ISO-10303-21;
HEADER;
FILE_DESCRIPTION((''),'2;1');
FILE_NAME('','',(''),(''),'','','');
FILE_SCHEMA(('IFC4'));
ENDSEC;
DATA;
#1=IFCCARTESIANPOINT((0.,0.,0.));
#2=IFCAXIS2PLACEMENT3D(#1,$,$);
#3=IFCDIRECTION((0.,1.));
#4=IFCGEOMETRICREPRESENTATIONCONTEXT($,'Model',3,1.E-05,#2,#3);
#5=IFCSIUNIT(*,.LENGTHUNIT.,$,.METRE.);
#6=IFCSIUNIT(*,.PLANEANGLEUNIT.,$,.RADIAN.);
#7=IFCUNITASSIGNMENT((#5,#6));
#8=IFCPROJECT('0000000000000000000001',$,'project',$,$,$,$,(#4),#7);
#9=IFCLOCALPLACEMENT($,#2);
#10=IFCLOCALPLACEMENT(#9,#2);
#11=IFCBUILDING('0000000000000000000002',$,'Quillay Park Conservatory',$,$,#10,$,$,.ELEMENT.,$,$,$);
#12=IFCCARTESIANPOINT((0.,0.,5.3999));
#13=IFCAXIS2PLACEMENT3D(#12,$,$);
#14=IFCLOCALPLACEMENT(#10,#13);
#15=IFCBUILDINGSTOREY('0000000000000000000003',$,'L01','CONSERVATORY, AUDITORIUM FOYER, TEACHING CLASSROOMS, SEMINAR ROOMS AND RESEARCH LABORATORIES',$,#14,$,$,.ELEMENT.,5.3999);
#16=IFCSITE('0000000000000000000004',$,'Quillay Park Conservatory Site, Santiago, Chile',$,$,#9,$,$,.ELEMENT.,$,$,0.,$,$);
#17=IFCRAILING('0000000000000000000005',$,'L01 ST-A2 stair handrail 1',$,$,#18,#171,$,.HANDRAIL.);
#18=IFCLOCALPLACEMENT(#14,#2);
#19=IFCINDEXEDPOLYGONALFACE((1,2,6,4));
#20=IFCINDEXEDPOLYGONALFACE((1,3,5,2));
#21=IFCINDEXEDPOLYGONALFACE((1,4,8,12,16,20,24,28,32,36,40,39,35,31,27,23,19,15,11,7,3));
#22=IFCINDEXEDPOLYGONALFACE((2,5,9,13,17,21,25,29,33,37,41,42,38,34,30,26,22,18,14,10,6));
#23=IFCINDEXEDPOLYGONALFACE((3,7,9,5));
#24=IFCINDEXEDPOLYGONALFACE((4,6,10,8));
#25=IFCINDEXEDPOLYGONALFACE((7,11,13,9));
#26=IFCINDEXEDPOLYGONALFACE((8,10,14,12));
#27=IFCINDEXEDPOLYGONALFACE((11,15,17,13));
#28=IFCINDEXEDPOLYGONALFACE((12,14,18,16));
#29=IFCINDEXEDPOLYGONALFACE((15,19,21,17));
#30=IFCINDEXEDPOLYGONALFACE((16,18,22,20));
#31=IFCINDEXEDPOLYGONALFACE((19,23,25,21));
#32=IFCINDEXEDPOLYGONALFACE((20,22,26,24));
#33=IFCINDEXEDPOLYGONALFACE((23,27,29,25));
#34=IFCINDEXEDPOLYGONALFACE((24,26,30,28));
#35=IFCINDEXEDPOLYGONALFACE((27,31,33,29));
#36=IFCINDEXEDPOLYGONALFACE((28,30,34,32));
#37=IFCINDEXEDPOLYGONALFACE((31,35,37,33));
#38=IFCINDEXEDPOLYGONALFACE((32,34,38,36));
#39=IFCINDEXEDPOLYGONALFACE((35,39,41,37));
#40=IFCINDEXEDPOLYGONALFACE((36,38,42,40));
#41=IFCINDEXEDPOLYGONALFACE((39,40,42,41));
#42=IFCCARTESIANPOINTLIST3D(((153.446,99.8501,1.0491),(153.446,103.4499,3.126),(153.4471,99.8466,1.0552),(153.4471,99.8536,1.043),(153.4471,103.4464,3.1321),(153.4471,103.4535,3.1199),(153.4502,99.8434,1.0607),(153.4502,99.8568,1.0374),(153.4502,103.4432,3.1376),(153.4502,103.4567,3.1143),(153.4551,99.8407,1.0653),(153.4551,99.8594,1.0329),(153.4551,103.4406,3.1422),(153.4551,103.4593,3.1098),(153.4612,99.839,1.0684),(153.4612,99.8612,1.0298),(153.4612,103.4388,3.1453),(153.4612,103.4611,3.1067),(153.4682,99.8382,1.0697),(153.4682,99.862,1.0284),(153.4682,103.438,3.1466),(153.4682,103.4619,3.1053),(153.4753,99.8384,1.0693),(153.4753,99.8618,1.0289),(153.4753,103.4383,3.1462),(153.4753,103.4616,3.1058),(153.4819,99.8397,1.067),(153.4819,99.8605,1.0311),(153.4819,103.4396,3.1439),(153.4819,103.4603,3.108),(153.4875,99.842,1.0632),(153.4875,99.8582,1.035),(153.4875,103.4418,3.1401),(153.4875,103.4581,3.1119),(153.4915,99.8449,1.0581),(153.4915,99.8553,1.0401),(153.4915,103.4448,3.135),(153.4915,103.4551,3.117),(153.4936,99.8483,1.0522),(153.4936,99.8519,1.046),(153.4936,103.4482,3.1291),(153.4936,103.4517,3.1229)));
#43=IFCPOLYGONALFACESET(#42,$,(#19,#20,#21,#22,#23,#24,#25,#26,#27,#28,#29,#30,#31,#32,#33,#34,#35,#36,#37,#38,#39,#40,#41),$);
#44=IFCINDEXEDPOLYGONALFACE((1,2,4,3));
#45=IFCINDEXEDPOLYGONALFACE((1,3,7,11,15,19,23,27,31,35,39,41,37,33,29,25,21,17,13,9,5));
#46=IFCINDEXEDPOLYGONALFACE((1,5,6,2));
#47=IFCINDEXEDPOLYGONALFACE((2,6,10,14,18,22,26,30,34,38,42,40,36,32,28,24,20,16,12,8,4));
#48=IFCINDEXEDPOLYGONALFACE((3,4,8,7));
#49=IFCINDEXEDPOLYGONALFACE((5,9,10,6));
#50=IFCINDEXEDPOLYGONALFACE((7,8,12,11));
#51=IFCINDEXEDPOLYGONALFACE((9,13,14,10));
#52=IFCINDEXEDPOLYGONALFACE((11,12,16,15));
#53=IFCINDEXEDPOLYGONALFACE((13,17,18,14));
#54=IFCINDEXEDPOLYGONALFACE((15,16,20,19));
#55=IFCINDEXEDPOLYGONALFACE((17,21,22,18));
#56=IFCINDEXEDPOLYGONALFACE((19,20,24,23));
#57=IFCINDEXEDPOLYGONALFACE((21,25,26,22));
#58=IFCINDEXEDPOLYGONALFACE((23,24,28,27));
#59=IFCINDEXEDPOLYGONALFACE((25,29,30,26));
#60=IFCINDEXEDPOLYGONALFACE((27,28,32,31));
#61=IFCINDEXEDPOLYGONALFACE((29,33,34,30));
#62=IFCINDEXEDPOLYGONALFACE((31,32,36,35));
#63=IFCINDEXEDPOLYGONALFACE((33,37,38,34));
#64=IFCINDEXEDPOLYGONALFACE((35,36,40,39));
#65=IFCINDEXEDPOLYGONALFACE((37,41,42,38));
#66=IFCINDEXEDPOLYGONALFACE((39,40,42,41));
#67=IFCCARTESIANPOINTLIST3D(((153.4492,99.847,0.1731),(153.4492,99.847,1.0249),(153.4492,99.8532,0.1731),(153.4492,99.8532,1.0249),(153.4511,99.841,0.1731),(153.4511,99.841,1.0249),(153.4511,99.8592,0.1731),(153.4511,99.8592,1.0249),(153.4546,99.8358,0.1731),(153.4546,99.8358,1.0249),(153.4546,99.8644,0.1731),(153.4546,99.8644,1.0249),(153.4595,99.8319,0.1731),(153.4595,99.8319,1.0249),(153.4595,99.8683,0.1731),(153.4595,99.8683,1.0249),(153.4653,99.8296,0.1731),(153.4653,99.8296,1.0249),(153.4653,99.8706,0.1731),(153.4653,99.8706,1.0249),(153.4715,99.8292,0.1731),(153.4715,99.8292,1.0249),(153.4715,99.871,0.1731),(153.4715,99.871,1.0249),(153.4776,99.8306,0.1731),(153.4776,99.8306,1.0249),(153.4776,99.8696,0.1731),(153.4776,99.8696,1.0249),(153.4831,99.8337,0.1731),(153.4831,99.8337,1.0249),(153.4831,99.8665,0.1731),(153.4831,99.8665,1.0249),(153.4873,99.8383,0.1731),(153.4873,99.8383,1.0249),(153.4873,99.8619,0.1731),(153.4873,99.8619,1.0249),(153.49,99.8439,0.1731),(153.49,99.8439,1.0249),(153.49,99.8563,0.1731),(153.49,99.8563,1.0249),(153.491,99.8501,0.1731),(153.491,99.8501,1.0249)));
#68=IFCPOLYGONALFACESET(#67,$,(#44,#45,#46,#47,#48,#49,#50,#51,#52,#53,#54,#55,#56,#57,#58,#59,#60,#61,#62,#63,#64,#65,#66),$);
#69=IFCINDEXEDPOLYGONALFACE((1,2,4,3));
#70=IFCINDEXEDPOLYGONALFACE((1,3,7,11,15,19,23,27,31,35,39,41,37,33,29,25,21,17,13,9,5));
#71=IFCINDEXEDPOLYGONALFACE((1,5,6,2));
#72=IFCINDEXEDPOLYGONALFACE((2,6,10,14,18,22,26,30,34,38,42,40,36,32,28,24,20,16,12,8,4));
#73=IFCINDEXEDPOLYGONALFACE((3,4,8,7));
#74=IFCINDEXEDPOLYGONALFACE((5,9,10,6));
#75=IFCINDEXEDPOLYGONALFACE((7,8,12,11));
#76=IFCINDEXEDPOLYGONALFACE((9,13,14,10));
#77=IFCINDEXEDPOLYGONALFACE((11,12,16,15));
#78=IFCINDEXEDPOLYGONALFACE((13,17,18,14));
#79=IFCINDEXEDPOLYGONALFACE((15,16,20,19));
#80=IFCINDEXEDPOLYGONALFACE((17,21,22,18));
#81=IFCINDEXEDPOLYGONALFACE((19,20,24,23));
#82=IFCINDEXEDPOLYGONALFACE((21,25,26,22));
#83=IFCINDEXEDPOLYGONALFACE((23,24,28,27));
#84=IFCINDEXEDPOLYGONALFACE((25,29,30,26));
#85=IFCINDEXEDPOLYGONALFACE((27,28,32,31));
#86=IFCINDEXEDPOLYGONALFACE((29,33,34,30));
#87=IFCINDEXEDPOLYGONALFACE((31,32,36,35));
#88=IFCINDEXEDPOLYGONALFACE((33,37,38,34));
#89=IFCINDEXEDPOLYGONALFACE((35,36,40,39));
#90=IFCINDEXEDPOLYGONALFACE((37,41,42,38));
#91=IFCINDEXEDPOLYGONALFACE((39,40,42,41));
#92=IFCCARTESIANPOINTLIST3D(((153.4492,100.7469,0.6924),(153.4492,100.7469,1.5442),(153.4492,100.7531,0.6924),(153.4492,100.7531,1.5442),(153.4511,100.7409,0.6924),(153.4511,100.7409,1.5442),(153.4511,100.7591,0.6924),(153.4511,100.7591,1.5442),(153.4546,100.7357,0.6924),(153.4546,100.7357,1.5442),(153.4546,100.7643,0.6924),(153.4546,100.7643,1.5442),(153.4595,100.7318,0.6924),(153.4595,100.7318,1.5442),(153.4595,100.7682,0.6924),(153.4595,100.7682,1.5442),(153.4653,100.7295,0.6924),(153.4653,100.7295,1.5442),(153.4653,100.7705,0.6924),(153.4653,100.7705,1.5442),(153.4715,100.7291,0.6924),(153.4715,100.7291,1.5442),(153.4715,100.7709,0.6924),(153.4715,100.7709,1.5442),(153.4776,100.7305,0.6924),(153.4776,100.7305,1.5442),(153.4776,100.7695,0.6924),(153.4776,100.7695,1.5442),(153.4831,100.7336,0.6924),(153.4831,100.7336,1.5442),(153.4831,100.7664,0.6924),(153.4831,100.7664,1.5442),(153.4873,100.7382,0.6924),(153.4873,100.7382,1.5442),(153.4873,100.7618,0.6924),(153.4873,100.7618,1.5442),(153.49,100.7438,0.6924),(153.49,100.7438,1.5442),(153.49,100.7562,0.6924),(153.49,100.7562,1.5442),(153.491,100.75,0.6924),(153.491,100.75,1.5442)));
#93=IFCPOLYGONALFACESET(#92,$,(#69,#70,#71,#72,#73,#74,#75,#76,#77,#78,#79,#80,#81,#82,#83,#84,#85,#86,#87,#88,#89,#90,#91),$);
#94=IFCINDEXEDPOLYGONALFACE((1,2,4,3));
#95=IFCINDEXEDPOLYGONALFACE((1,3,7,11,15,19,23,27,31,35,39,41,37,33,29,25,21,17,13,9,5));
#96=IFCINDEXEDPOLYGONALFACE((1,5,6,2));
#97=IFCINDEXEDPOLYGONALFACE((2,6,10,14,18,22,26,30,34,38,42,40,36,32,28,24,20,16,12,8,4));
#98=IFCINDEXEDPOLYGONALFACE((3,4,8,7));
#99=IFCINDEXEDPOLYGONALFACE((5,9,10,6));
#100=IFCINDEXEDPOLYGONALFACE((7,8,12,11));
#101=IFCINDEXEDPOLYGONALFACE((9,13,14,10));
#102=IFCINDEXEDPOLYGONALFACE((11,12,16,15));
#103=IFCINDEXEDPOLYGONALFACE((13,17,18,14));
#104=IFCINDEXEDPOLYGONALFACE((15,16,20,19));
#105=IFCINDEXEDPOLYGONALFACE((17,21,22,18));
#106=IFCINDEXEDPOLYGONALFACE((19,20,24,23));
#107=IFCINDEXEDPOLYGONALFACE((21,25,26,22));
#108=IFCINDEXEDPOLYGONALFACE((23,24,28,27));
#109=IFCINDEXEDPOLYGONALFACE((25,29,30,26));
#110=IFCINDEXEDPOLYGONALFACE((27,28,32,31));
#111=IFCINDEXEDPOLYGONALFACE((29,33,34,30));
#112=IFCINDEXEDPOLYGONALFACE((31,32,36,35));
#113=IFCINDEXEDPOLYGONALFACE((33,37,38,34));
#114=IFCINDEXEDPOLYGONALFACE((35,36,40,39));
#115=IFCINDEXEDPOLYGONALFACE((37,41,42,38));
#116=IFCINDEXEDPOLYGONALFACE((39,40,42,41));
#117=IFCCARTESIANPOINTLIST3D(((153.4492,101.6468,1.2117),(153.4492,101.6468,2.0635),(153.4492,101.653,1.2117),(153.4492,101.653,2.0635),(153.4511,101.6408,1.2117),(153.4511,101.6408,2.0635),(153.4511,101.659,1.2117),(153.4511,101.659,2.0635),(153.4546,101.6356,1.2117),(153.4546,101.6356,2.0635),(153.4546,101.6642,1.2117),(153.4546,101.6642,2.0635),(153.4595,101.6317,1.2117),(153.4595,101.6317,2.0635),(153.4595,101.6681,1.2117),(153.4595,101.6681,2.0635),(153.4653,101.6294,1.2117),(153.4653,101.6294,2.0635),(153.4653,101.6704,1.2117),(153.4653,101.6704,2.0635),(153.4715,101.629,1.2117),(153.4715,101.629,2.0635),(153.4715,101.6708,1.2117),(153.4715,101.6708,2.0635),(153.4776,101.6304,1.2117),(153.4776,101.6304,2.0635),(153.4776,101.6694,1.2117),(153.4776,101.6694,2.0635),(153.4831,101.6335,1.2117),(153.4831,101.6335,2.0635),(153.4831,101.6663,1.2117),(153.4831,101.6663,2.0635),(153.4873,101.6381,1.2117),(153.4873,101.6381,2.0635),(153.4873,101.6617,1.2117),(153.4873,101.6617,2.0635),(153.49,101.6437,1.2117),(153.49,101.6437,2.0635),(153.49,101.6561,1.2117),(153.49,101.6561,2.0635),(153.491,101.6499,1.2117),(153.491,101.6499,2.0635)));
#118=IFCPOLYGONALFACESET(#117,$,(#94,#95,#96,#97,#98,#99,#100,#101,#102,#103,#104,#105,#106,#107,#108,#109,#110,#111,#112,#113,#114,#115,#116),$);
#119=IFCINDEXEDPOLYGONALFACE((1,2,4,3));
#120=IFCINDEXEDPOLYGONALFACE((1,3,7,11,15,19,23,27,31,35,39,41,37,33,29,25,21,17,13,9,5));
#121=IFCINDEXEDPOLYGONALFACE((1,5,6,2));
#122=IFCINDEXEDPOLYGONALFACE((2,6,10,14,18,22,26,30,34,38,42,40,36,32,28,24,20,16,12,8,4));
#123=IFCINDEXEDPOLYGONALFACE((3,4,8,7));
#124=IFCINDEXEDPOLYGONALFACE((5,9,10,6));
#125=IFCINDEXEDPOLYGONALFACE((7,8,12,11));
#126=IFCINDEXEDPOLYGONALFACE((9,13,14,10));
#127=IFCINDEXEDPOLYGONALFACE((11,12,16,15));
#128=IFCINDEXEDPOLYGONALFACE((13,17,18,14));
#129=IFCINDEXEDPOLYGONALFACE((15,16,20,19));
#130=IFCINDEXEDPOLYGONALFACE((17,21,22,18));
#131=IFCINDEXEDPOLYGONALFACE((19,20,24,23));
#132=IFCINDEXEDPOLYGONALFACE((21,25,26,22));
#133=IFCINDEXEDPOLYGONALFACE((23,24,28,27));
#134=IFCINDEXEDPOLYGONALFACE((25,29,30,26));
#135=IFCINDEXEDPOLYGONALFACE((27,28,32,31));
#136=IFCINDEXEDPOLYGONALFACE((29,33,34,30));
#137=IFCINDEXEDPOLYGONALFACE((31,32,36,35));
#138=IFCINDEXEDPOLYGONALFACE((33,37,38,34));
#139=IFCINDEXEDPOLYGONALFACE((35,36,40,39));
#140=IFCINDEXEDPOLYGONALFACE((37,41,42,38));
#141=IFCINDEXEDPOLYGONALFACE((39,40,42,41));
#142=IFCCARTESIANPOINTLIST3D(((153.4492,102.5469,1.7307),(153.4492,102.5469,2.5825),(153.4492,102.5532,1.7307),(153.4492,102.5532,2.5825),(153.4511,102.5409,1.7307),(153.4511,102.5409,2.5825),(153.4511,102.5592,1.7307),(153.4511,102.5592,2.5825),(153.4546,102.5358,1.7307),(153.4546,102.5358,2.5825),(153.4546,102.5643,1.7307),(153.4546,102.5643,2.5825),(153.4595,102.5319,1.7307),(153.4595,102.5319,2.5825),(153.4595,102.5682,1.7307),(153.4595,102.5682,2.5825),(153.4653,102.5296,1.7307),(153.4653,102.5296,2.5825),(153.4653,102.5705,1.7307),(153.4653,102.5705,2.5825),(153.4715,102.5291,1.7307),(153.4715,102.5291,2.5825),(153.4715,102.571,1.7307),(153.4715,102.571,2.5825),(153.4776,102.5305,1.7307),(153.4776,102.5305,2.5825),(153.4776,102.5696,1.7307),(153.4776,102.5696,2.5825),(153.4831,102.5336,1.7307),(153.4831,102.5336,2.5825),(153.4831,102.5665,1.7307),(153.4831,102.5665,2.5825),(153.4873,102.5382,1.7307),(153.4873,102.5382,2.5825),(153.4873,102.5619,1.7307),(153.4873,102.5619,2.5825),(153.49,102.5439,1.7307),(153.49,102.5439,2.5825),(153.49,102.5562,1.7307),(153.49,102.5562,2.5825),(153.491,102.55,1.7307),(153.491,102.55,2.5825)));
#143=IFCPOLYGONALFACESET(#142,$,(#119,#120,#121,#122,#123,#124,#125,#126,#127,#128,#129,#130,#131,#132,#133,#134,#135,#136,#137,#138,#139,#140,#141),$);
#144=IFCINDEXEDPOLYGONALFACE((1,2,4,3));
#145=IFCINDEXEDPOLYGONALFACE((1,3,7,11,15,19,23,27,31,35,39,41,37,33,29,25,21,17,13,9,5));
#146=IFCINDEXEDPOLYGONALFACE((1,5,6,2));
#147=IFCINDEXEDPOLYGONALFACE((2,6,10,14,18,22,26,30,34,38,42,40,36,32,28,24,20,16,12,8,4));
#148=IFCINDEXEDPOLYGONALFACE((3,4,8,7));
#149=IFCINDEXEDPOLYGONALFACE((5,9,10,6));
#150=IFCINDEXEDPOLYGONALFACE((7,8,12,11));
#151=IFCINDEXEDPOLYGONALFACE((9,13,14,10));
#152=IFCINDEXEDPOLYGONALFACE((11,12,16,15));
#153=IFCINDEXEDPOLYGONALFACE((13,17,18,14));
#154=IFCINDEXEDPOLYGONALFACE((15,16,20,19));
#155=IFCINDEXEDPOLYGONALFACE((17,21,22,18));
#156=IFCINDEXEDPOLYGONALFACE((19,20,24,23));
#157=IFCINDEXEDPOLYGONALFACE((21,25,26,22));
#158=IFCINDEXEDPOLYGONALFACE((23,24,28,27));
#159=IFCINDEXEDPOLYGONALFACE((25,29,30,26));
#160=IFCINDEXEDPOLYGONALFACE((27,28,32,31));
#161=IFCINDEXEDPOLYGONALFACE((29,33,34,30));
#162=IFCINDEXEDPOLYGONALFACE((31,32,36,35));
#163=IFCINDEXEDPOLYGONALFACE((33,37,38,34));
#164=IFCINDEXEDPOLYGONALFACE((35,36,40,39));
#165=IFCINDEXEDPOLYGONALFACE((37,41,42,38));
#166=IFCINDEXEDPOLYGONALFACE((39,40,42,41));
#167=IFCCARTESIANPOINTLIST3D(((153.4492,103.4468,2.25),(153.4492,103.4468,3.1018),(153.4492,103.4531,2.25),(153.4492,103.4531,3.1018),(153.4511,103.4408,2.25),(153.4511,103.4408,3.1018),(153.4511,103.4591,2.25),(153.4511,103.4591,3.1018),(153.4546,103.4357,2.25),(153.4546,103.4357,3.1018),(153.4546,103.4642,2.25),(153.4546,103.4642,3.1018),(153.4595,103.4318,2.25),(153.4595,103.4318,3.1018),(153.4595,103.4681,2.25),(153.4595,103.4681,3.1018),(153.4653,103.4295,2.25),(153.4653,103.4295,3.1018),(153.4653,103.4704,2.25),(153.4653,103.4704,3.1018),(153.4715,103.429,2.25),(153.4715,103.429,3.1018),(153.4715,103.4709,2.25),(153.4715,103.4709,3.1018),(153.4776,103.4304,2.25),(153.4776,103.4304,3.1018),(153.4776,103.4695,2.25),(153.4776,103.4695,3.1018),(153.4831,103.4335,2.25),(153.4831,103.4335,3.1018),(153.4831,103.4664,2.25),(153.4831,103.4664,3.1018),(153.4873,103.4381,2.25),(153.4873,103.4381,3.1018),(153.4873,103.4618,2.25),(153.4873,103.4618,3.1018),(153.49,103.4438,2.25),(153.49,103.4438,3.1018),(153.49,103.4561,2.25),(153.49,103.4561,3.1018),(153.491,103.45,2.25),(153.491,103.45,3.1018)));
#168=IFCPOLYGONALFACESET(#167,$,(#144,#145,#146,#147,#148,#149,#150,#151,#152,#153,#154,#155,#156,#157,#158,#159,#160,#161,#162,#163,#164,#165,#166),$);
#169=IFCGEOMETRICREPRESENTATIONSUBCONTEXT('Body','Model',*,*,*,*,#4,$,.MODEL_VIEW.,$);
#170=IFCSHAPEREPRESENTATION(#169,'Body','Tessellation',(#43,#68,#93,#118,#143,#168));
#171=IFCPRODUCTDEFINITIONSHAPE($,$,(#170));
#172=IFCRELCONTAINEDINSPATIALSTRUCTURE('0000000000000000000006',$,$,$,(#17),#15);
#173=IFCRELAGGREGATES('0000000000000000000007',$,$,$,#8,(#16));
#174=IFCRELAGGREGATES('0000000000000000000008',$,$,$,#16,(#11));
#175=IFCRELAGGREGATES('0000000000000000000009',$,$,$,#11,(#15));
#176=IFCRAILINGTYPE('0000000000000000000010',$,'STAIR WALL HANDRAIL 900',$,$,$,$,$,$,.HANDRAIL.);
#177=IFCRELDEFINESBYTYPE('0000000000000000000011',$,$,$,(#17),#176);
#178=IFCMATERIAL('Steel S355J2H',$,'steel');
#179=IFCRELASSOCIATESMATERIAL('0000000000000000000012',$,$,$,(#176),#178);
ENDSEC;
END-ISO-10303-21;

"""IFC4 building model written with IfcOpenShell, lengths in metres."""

from ifc_helpers import new_model, si_unit, direction, frame, origin, origin_2d, place, context, subcontext, project, spatial, circle, extrude, material, type_object, element, save


model = new_model("IFC4")

# Units and contexts
model_context = context("Model", 3, precision=1e-05, world=origin(), true_north=direction((0.0, 1.0)))
body_context = subcontext(model_context, "Body", "Model", "MODEL_VIEW")
ifc_project = project(units=[si_unit("LENGTHUNIT", "METRE"), si_unit("PLANEANGLEUNIT", "RADIAN")], contexts=[model_context])

# Site, building, storey
site_placement = place(None, origin())
site = spatial("IfcSite", under=ifc_project, at=site_placement, Name="Quillay Park Conservatory Site, Santiago, Chile", CompositionType="ELEMENT", RefElevation=0.0)
building_placement = place(site_placement, origin())
building = spatial("IfcBuilding", under=site, at=building_placement, Name="Quillay Park Conservatory", CompositionType="ELEMENT")
storey_placement = place(building_placement, frame((0.0, 0.0, 5.3999)))
storey = spatial("IfcBuildingStorey", under=building, at=storey_placement, Name="L01", Description="CONSERVATORY, AUDITORIUM FOYER, TEACHING CLASSROOMS, SEMINAR ROOMS AND RESEARCH LABORATORIES", CompositionType="ELEMENT", Elevation=5.3999)

# Railing
ifc_material_1 = material(Name="Steel S355J2H", Category="steel")
railing_type_1 = type_object("IfcRailingType", Name="STAIR WALL HANDRAIL 900", PredefinedType="HANDRAIL", material=ifc_material_1)
railing_1_placement = place(storey_placement, frame((153.47, 99.8501, 0.1731)))
element("IfcRailing", 1, at=railing_1_placement, inside=storey, type_object=railing_type_1, Name="L01 ST-A2 stair handrail 1", PredefinedType="HANDRAIL", context=body_context, shape_type="SweptSolid", body=[
    extrude(circle(Radius=0.0239, at=origin_2d()), frame((0.0, 0.0, 0.876), z_axis=(0.0, 0.866179, 0.499734), x_axis=(-1.0, 0.0, 0.0)), (0.0, 0.0, 1.0), 4.156),
    extrude(circle(Radius=0.021, at=origin_2d()), origin(), (0.0, 0.0, 1.0), 0.8518),
    extrude(circle(Radius=0.021, at=origin_2d()), frame((0.0, 0.8999, 0.5193)), (0.0, 0.0, 1.0), 0.8518),
    extrude(circle(Radius=0.021, at=origin_2d()), frame((0.0, 1.7998, 1.0386)), (0.0, 0.0, 1.0), 0.8518),
    extrude(circle(Radius=0.021, at=origin_2d()), frame((0.0, 2.7, 1.5576)), (0.0, 0.0, 1.0), 0.8518),
    extrude(circle(Radius=0.021, at=origin_2d()), frame((0.0, 3.5999, 2.0769)), (0.0, 0.0, 1.0), 0.8518),
])

save(model, "model.ifc")
